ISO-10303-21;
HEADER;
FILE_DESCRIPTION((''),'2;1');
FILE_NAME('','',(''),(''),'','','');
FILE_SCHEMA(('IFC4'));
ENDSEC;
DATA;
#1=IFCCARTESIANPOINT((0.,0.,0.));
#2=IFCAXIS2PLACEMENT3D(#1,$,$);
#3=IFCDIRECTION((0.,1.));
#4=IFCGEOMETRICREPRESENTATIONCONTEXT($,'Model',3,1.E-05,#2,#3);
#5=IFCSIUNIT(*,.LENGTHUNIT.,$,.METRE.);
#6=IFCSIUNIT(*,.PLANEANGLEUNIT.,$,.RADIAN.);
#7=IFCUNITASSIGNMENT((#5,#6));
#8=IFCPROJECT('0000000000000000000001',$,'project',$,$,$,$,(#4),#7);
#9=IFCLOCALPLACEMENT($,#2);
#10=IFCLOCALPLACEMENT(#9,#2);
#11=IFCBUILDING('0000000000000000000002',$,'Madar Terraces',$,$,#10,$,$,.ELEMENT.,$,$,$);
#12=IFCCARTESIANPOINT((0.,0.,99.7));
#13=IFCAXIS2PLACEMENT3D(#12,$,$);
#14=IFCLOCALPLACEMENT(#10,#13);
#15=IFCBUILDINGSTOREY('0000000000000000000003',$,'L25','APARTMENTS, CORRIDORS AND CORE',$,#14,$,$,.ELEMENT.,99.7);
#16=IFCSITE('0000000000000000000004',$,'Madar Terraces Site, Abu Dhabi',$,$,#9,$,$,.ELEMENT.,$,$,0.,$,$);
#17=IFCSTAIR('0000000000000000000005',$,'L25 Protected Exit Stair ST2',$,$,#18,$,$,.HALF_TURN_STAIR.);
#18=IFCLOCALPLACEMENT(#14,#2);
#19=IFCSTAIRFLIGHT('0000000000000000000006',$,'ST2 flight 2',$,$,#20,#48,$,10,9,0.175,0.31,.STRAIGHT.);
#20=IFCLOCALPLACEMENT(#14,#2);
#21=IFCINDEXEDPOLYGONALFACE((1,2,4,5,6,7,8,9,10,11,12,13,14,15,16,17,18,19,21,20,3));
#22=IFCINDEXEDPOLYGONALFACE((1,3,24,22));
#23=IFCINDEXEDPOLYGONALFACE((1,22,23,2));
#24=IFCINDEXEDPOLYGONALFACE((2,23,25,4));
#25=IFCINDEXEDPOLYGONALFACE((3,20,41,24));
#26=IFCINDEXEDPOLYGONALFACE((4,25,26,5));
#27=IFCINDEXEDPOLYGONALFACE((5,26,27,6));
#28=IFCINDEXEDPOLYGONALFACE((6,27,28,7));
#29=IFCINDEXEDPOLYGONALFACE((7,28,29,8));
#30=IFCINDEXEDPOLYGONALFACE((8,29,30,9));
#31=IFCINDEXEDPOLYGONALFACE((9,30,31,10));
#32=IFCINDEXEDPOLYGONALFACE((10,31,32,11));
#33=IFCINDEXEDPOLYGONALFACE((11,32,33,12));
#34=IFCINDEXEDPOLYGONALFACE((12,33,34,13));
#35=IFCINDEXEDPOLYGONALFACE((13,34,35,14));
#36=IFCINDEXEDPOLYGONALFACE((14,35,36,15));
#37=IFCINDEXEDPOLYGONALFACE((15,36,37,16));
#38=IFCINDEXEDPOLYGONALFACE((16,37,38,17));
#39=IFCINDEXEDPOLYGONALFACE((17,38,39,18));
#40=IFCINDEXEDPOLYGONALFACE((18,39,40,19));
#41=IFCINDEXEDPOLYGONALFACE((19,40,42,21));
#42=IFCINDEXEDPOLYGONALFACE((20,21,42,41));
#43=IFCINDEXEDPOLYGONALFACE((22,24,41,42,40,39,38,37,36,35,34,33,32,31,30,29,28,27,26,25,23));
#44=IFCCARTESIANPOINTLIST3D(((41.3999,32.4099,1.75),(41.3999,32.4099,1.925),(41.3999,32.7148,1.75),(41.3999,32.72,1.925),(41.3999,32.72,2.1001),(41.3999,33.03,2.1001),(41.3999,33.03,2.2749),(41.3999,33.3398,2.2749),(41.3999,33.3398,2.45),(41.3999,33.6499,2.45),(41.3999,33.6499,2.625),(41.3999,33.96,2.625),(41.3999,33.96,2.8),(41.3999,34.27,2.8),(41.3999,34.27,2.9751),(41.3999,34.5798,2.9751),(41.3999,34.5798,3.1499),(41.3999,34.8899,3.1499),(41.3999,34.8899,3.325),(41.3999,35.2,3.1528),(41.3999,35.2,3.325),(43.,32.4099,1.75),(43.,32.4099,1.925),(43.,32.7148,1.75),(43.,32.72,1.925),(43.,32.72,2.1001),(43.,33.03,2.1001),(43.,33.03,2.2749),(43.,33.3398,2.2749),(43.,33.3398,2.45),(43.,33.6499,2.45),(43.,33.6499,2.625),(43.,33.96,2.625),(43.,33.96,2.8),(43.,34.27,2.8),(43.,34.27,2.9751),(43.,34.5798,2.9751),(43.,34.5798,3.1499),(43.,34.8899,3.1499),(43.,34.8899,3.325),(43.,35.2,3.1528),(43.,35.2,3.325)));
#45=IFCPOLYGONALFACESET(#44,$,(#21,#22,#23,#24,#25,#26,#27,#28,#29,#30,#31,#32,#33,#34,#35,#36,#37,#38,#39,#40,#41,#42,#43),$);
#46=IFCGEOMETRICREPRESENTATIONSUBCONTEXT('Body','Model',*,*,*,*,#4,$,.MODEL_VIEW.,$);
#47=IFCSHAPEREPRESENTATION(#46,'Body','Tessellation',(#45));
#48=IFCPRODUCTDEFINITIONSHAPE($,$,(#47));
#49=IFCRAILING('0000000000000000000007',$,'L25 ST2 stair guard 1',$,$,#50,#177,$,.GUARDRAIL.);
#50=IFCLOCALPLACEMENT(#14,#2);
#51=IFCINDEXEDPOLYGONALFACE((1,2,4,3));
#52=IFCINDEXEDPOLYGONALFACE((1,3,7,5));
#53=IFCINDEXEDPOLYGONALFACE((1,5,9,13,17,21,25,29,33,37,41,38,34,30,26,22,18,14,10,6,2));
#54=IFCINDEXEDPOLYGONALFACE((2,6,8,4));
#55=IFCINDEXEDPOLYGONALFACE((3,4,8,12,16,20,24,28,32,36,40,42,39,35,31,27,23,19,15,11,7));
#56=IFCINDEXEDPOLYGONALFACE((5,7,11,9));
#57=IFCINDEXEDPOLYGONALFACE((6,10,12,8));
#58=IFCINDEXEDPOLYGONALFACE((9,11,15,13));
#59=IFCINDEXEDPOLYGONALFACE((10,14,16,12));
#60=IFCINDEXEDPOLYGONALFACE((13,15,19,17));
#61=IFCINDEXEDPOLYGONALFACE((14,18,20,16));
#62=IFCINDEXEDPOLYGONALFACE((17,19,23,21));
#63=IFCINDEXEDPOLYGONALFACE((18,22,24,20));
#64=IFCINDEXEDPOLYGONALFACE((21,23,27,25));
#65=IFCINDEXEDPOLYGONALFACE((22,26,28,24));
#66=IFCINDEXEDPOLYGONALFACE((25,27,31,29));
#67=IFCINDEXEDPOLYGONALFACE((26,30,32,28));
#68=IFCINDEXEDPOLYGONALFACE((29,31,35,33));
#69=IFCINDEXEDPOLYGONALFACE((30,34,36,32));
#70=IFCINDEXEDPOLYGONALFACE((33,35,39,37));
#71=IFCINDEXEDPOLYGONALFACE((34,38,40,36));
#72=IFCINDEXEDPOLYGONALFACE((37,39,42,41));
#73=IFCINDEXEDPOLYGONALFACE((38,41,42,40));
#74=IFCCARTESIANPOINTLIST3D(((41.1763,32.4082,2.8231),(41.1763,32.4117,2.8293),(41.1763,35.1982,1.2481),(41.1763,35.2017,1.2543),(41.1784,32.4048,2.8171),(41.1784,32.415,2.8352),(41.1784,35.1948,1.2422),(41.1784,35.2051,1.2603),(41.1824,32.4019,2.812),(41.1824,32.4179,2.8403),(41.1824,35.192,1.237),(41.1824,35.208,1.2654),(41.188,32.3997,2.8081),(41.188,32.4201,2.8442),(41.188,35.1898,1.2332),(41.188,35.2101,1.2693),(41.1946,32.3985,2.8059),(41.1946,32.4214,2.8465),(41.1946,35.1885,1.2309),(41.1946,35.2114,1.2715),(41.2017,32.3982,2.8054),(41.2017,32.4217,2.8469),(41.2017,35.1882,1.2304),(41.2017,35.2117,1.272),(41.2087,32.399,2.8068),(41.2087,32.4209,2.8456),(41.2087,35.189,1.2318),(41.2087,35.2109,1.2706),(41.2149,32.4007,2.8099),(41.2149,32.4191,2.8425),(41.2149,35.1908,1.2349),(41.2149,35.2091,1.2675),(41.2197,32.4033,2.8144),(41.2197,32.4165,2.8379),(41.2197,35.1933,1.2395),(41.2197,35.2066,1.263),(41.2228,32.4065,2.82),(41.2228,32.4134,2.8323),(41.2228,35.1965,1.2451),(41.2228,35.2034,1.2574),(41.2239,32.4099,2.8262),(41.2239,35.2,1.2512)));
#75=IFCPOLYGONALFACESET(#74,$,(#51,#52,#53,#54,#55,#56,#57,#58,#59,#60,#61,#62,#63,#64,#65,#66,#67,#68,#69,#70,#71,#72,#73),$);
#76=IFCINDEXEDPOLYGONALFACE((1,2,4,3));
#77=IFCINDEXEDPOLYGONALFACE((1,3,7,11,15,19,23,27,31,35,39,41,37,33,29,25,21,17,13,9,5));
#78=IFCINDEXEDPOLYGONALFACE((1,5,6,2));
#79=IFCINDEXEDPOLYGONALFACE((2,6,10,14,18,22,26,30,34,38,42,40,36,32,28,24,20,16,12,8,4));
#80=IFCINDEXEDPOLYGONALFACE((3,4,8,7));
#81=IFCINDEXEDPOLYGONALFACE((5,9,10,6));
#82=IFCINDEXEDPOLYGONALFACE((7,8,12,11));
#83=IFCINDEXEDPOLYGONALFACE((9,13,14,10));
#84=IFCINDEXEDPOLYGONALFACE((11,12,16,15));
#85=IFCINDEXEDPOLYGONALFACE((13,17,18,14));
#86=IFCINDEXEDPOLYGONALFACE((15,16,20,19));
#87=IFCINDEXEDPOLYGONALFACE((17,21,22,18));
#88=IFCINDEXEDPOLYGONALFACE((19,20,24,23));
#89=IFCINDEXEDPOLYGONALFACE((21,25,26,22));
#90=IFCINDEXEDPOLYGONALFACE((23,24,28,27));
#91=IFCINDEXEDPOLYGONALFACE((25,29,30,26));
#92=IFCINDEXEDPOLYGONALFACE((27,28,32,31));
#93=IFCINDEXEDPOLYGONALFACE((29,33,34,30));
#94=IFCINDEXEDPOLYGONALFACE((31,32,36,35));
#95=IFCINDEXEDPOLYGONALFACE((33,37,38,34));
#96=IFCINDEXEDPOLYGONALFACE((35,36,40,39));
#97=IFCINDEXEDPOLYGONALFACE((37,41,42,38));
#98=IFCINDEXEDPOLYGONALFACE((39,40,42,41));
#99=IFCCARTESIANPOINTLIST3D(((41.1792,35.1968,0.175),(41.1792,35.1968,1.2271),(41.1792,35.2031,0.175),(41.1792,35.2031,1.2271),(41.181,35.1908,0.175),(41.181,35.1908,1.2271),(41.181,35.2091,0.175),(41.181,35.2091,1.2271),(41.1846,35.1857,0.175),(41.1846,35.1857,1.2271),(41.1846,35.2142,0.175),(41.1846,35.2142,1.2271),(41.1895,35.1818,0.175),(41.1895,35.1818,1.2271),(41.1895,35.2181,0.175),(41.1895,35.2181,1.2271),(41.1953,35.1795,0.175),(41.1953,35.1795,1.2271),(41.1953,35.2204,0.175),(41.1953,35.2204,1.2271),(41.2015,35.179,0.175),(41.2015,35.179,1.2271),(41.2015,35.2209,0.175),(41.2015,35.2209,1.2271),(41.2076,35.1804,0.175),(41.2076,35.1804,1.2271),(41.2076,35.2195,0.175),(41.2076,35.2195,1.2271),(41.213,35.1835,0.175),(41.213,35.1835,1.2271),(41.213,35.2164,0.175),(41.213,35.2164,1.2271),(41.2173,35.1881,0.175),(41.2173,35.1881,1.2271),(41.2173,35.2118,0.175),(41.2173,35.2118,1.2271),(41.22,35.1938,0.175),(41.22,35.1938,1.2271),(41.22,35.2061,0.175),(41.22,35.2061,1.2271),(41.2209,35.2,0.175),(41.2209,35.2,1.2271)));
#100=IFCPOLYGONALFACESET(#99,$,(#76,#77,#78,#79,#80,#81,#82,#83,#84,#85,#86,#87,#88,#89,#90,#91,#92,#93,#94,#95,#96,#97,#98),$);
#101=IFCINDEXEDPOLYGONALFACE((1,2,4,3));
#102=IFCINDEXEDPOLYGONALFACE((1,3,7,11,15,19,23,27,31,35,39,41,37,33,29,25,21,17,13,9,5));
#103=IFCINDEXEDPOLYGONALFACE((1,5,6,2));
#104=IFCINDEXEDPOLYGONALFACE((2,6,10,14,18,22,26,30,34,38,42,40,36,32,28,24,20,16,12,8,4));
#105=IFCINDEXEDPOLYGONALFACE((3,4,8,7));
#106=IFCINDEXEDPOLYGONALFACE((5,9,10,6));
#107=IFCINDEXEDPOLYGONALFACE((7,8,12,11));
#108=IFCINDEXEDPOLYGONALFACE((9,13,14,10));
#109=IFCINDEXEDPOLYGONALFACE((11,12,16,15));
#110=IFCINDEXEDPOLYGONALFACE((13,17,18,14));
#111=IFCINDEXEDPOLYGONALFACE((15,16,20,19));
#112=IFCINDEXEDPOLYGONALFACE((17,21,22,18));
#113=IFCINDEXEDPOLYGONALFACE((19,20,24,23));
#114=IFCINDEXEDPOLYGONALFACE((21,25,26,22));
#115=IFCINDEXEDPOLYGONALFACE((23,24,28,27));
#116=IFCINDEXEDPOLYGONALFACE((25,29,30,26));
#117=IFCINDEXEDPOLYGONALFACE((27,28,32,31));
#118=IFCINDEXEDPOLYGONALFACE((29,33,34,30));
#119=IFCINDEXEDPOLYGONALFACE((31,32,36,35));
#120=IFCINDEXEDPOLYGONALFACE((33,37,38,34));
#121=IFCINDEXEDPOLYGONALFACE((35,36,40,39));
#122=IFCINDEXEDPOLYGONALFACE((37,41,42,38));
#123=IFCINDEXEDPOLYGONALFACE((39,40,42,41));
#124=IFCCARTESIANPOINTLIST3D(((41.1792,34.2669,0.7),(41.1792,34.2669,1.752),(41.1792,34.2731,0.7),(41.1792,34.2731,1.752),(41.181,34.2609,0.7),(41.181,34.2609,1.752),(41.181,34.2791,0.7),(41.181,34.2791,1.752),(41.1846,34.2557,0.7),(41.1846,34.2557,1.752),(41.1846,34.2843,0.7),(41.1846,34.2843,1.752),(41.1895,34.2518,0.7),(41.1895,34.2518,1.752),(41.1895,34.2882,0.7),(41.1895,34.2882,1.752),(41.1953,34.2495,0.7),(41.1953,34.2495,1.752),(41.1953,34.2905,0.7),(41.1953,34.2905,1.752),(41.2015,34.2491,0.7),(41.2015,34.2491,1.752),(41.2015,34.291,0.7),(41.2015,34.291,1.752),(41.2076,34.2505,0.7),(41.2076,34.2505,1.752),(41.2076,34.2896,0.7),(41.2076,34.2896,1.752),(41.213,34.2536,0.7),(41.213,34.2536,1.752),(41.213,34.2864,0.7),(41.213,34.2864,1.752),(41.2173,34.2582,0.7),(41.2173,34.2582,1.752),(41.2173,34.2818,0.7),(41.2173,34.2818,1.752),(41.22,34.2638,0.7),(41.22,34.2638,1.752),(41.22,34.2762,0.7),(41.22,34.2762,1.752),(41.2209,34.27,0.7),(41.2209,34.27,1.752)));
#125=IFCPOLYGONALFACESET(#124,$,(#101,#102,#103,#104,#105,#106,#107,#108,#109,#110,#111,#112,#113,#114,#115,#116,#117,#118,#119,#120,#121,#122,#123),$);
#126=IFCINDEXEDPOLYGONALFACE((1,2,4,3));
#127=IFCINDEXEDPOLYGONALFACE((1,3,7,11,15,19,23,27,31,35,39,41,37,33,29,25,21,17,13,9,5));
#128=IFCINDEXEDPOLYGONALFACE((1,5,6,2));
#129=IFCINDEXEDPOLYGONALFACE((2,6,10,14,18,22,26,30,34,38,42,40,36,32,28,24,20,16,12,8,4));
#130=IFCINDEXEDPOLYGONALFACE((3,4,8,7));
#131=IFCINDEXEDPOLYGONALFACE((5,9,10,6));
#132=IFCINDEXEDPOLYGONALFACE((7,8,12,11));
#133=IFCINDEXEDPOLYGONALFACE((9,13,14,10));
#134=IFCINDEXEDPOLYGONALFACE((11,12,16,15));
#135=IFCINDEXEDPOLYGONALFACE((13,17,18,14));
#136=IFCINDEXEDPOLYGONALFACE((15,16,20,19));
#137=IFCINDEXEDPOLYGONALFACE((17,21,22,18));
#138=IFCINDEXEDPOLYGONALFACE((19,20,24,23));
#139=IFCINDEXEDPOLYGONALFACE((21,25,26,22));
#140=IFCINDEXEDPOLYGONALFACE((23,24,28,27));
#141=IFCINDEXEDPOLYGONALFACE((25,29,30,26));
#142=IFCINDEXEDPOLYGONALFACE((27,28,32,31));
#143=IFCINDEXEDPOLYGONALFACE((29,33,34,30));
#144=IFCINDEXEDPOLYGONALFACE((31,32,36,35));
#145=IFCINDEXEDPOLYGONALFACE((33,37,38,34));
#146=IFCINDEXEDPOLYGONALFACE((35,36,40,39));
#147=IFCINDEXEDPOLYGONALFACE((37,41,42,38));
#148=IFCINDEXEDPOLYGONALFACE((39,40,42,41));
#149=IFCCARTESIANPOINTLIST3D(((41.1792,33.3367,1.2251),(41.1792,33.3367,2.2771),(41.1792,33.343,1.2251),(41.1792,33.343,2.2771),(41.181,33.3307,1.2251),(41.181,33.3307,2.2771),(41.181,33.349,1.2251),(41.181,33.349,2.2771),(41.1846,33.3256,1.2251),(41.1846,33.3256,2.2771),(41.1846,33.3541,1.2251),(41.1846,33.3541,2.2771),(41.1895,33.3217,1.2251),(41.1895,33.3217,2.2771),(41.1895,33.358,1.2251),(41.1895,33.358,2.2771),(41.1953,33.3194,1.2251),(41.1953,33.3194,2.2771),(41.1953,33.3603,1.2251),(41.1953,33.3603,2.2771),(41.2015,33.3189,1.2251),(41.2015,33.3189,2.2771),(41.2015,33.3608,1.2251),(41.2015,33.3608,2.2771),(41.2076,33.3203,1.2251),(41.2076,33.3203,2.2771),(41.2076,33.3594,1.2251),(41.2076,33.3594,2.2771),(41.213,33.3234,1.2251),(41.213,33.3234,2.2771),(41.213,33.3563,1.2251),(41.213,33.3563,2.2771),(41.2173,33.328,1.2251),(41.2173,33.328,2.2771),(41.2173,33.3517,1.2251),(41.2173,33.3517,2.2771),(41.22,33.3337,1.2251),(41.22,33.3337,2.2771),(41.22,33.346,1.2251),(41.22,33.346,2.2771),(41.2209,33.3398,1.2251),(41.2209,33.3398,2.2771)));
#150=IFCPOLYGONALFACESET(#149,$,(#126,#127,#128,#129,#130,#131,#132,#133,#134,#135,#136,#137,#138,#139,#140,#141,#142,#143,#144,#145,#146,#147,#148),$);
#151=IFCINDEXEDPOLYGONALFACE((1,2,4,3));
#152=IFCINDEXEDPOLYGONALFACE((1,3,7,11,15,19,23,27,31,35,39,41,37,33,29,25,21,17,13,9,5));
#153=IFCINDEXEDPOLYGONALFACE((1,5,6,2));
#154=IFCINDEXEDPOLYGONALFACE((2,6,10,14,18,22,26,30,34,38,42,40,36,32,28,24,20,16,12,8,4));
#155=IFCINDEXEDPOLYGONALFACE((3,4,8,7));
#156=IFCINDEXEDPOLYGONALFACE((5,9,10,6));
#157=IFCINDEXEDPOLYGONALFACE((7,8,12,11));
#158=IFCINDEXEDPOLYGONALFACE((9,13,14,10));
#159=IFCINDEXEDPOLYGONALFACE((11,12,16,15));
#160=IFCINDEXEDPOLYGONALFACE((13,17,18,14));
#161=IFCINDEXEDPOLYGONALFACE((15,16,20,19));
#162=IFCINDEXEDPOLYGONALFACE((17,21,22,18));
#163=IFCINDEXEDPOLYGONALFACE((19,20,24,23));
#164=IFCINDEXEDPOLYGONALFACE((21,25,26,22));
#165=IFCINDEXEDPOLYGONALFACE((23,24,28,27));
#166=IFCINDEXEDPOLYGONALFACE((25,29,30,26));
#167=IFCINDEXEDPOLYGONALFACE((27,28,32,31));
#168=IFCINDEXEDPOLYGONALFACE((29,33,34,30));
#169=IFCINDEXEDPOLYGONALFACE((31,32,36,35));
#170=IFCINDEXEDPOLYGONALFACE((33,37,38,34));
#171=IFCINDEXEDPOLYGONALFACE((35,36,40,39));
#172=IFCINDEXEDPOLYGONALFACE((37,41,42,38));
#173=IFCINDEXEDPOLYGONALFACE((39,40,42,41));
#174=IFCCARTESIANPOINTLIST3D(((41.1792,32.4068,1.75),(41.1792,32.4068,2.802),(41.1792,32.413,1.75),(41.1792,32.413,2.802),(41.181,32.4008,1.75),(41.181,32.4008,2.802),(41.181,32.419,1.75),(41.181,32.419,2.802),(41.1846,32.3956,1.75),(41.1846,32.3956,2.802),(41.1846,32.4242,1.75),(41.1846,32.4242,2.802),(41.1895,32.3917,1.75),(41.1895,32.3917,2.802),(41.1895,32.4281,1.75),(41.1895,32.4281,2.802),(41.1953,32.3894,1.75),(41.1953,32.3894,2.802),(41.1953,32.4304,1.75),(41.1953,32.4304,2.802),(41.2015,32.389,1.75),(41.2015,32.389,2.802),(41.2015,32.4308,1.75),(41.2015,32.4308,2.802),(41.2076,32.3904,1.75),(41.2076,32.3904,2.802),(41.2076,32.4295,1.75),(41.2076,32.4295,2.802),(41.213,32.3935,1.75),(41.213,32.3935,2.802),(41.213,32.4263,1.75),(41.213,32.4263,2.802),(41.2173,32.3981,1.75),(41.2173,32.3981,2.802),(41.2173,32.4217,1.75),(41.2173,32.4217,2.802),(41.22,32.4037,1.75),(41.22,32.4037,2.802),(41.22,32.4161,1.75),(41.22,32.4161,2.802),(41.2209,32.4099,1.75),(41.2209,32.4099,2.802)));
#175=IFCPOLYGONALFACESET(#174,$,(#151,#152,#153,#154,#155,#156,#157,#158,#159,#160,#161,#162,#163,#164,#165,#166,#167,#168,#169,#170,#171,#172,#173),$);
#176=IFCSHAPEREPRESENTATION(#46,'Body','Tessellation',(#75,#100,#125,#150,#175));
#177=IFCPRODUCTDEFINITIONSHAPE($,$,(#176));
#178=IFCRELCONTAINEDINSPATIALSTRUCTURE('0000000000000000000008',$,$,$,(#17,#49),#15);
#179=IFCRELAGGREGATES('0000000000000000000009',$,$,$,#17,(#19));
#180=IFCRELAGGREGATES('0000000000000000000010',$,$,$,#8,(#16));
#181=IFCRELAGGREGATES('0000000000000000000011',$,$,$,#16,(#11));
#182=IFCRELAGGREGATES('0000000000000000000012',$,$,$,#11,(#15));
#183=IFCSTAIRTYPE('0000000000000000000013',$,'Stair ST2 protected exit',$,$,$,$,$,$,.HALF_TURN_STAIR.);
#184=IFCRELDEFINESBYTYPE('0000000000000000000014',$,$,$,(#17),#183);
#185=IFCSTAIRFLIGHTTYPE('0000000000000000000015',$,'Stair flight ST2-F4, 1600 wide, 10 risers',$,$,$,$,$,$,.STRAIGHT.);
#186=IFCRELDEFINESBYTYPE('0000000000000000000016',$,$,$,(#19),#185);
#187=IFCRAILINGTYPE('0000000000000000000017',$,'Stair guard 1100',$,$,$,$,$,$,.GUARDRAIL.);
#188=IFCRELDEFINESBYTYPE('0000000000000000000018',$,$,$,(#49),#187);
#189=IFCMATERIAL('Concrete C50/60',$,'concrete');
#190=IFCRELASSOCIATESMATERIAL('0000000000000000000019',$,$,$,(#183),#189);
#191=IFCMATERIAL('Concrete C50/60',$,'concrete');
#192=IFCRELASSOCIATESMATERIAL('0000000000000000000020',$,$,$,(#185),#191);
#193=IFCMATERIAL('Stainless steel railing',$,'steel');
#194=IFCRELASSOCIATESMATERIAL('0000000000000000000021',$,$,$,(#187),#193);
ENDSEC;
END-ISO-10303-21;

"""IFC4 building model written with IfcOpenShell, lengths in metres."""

from ifc_helpers import new_model, si_unit, direction, frame, origin, origin_2d, place, context, subcontext, project, spatial, polyline, circle, outline, extrude, material, type_object, element, aggregate, save


model = new_model("IFC4")

# Units and contexts
model_context = context("Model", 3, precision=1e-05, world=origin(), true_north=direction((0.0, 1.0)))
body_context = subcontext(model_context, "Body", "Model", "MODEL_VIEW")
ifc_project = project(units=[si_unit("LENGTHUNIT", "METRE"), si_unit("PLANEANGLEUNIT", "RADIAN")], contexts=[model_context])

# Site, building, storey
site_placement = place(None, origin())
site = spatial("IfcSite", under=ifc_project, at=site_placement, Name="Madar Terraces Site, Abu Dhabi", CompositionType="ELEMENT", RefElevation=0.0)
building_placement = place(site_placement, origin())
building = spatial("IfcBuilding", under=site, at=building_placement, Name="Madar Terraces", CompositionType="ELEMENT")
storey_placement = place(building_placement, frame((0.0, 0.0, 99.7)))
storey = spatial("IfcBuildingStorey", under=building, at=storey_placement, Name="L25", Description="APARTMENTS, CORRIDORS AND CORE", CompositionType="ELEMENT", Elevation=99.7)

# Stair, stair flight
ifc_material_1 = material(Name="Concrete C50/60", Category="concrete")
stair_type = type_object("IfcStairType", Name="Stair ST2 protected exit", PredefinedType="HALF_TURN_STAIR", material=ifc_material_1)
stair_placement = place(storey_placement, origin())
stair = element("IfcStair", 1, at=stair_placement, inside=storey, type_object=stair_type, Name="L25 Protected Exit Stair ST2", PredefinedType="HALF_TURN_STAIR")
ifc_material_2 = material(Name="Concrete C50/60", Category="concrete")
stair_flight_type = type_object("IfcStairFlightType", Name="Stair flight ST2-F4, 1600 wide, 10 risers", PredefinedType="STRAIGHT", material=ifc_material_2)
stair_flight_1_placement = place(storey_placement, frame((42.2, 32.4099, 1.75), z_axis=(0.0, 0.0, 1.0), x_axis=(0.0, 1.0, 0.0)))
stair_flight_1 = element("IfcStairFlight", 2, at=stair_flight_1_placement, type_object=stair_flight_type, Name="ST2 flight 2", NumberOfRisers=10, NumberOfTreads=9, PredefinedType="STRAIGHT", RiserHeight=0.175, TreadLength=0.31, context=body_context, shape_type="SweptSolid", body=[
    extrude(outline(polyline([(0.0, 0.0), (0.0, 0.175), (0.3101, 0.175), (0.3101, 0.3501), (0.6201, 0.3501), (0.6201, 0.5249), (0.9299, 0.5249), (0.9299, 0.7), (1.24, 0.7), (1.24, 0.875), (1.55, 0.875), (1.55, 1.05), (1.8601, 1.05), (1.8601, 1.2251), (2.1699, 1.2251), (2.1699, 1.3999), (2.48, 1.3999), (2.48, 1.575), (2.79, 1.575), (2.79, 1.75), (2.79, 1.4028), (0.3049, 0.0), (0.0, 0.0)])), frame((0.0, 0.8, 0.0), z_axis=(0.0, -1.0, 0.0), x_axis=(1.0, 0.0, 0.0)), (0.0, 0.0, 1.0), 1.6001),
])
aggregate(stair, [stair_flight_1])

# Railing
ifc_material_3 = material(Name="Stainless steel railing", Category="steel")
railing_type_1 = type_object("IfcRailingType", Name="Stair guard 1100", PredefinedType="GUARDRAIL", material=ifc_material_3)
railing_1_placement = place(storey_placement, frame((41.2, 35.2, 0.175)))
element("IfcRailing", 3, at=railing_1_placement, inside=storey, type_object=railing_type_1, Name="L25 ST2 stair guard 1", PredefinedType="GUARDRAIL", context=body_context, shape_type="SweptSolid", body=[
    extrude(circle(Radius=0.0239, at=origin_2d()), frame((0.0, 0.0, 1.0762), z_axis=(0.0, -0.870834, 0.491578), x_axis=(1.0, 0.0, 0.0)), (0.0, 0.0, 1.0), 3.2039),
    extrude(circle(Radius=0.021, at=origin_2d()), origin(), (0.0, 0.0, 1.0), 1.052),
    extrude(circle(Radius=0.021, at=origin_2d()), frame((0.0, -0.9299, 0.5249)), (0.0, 0.0, 1.0), 1.052),
    extrude(circle(Radius=0.021, at=origin_2d()), frame((0.0, -1.8601, 1.05)), (0.0, 0.0, 1.0), 1.052),
    extrude(circle(Radius=0.021, at=origin_2d()), frame((0.0, -2.79, 1.575)), (0.0, 0.0, 1.0), 1.052),
])

save(model, "model.ifc")
